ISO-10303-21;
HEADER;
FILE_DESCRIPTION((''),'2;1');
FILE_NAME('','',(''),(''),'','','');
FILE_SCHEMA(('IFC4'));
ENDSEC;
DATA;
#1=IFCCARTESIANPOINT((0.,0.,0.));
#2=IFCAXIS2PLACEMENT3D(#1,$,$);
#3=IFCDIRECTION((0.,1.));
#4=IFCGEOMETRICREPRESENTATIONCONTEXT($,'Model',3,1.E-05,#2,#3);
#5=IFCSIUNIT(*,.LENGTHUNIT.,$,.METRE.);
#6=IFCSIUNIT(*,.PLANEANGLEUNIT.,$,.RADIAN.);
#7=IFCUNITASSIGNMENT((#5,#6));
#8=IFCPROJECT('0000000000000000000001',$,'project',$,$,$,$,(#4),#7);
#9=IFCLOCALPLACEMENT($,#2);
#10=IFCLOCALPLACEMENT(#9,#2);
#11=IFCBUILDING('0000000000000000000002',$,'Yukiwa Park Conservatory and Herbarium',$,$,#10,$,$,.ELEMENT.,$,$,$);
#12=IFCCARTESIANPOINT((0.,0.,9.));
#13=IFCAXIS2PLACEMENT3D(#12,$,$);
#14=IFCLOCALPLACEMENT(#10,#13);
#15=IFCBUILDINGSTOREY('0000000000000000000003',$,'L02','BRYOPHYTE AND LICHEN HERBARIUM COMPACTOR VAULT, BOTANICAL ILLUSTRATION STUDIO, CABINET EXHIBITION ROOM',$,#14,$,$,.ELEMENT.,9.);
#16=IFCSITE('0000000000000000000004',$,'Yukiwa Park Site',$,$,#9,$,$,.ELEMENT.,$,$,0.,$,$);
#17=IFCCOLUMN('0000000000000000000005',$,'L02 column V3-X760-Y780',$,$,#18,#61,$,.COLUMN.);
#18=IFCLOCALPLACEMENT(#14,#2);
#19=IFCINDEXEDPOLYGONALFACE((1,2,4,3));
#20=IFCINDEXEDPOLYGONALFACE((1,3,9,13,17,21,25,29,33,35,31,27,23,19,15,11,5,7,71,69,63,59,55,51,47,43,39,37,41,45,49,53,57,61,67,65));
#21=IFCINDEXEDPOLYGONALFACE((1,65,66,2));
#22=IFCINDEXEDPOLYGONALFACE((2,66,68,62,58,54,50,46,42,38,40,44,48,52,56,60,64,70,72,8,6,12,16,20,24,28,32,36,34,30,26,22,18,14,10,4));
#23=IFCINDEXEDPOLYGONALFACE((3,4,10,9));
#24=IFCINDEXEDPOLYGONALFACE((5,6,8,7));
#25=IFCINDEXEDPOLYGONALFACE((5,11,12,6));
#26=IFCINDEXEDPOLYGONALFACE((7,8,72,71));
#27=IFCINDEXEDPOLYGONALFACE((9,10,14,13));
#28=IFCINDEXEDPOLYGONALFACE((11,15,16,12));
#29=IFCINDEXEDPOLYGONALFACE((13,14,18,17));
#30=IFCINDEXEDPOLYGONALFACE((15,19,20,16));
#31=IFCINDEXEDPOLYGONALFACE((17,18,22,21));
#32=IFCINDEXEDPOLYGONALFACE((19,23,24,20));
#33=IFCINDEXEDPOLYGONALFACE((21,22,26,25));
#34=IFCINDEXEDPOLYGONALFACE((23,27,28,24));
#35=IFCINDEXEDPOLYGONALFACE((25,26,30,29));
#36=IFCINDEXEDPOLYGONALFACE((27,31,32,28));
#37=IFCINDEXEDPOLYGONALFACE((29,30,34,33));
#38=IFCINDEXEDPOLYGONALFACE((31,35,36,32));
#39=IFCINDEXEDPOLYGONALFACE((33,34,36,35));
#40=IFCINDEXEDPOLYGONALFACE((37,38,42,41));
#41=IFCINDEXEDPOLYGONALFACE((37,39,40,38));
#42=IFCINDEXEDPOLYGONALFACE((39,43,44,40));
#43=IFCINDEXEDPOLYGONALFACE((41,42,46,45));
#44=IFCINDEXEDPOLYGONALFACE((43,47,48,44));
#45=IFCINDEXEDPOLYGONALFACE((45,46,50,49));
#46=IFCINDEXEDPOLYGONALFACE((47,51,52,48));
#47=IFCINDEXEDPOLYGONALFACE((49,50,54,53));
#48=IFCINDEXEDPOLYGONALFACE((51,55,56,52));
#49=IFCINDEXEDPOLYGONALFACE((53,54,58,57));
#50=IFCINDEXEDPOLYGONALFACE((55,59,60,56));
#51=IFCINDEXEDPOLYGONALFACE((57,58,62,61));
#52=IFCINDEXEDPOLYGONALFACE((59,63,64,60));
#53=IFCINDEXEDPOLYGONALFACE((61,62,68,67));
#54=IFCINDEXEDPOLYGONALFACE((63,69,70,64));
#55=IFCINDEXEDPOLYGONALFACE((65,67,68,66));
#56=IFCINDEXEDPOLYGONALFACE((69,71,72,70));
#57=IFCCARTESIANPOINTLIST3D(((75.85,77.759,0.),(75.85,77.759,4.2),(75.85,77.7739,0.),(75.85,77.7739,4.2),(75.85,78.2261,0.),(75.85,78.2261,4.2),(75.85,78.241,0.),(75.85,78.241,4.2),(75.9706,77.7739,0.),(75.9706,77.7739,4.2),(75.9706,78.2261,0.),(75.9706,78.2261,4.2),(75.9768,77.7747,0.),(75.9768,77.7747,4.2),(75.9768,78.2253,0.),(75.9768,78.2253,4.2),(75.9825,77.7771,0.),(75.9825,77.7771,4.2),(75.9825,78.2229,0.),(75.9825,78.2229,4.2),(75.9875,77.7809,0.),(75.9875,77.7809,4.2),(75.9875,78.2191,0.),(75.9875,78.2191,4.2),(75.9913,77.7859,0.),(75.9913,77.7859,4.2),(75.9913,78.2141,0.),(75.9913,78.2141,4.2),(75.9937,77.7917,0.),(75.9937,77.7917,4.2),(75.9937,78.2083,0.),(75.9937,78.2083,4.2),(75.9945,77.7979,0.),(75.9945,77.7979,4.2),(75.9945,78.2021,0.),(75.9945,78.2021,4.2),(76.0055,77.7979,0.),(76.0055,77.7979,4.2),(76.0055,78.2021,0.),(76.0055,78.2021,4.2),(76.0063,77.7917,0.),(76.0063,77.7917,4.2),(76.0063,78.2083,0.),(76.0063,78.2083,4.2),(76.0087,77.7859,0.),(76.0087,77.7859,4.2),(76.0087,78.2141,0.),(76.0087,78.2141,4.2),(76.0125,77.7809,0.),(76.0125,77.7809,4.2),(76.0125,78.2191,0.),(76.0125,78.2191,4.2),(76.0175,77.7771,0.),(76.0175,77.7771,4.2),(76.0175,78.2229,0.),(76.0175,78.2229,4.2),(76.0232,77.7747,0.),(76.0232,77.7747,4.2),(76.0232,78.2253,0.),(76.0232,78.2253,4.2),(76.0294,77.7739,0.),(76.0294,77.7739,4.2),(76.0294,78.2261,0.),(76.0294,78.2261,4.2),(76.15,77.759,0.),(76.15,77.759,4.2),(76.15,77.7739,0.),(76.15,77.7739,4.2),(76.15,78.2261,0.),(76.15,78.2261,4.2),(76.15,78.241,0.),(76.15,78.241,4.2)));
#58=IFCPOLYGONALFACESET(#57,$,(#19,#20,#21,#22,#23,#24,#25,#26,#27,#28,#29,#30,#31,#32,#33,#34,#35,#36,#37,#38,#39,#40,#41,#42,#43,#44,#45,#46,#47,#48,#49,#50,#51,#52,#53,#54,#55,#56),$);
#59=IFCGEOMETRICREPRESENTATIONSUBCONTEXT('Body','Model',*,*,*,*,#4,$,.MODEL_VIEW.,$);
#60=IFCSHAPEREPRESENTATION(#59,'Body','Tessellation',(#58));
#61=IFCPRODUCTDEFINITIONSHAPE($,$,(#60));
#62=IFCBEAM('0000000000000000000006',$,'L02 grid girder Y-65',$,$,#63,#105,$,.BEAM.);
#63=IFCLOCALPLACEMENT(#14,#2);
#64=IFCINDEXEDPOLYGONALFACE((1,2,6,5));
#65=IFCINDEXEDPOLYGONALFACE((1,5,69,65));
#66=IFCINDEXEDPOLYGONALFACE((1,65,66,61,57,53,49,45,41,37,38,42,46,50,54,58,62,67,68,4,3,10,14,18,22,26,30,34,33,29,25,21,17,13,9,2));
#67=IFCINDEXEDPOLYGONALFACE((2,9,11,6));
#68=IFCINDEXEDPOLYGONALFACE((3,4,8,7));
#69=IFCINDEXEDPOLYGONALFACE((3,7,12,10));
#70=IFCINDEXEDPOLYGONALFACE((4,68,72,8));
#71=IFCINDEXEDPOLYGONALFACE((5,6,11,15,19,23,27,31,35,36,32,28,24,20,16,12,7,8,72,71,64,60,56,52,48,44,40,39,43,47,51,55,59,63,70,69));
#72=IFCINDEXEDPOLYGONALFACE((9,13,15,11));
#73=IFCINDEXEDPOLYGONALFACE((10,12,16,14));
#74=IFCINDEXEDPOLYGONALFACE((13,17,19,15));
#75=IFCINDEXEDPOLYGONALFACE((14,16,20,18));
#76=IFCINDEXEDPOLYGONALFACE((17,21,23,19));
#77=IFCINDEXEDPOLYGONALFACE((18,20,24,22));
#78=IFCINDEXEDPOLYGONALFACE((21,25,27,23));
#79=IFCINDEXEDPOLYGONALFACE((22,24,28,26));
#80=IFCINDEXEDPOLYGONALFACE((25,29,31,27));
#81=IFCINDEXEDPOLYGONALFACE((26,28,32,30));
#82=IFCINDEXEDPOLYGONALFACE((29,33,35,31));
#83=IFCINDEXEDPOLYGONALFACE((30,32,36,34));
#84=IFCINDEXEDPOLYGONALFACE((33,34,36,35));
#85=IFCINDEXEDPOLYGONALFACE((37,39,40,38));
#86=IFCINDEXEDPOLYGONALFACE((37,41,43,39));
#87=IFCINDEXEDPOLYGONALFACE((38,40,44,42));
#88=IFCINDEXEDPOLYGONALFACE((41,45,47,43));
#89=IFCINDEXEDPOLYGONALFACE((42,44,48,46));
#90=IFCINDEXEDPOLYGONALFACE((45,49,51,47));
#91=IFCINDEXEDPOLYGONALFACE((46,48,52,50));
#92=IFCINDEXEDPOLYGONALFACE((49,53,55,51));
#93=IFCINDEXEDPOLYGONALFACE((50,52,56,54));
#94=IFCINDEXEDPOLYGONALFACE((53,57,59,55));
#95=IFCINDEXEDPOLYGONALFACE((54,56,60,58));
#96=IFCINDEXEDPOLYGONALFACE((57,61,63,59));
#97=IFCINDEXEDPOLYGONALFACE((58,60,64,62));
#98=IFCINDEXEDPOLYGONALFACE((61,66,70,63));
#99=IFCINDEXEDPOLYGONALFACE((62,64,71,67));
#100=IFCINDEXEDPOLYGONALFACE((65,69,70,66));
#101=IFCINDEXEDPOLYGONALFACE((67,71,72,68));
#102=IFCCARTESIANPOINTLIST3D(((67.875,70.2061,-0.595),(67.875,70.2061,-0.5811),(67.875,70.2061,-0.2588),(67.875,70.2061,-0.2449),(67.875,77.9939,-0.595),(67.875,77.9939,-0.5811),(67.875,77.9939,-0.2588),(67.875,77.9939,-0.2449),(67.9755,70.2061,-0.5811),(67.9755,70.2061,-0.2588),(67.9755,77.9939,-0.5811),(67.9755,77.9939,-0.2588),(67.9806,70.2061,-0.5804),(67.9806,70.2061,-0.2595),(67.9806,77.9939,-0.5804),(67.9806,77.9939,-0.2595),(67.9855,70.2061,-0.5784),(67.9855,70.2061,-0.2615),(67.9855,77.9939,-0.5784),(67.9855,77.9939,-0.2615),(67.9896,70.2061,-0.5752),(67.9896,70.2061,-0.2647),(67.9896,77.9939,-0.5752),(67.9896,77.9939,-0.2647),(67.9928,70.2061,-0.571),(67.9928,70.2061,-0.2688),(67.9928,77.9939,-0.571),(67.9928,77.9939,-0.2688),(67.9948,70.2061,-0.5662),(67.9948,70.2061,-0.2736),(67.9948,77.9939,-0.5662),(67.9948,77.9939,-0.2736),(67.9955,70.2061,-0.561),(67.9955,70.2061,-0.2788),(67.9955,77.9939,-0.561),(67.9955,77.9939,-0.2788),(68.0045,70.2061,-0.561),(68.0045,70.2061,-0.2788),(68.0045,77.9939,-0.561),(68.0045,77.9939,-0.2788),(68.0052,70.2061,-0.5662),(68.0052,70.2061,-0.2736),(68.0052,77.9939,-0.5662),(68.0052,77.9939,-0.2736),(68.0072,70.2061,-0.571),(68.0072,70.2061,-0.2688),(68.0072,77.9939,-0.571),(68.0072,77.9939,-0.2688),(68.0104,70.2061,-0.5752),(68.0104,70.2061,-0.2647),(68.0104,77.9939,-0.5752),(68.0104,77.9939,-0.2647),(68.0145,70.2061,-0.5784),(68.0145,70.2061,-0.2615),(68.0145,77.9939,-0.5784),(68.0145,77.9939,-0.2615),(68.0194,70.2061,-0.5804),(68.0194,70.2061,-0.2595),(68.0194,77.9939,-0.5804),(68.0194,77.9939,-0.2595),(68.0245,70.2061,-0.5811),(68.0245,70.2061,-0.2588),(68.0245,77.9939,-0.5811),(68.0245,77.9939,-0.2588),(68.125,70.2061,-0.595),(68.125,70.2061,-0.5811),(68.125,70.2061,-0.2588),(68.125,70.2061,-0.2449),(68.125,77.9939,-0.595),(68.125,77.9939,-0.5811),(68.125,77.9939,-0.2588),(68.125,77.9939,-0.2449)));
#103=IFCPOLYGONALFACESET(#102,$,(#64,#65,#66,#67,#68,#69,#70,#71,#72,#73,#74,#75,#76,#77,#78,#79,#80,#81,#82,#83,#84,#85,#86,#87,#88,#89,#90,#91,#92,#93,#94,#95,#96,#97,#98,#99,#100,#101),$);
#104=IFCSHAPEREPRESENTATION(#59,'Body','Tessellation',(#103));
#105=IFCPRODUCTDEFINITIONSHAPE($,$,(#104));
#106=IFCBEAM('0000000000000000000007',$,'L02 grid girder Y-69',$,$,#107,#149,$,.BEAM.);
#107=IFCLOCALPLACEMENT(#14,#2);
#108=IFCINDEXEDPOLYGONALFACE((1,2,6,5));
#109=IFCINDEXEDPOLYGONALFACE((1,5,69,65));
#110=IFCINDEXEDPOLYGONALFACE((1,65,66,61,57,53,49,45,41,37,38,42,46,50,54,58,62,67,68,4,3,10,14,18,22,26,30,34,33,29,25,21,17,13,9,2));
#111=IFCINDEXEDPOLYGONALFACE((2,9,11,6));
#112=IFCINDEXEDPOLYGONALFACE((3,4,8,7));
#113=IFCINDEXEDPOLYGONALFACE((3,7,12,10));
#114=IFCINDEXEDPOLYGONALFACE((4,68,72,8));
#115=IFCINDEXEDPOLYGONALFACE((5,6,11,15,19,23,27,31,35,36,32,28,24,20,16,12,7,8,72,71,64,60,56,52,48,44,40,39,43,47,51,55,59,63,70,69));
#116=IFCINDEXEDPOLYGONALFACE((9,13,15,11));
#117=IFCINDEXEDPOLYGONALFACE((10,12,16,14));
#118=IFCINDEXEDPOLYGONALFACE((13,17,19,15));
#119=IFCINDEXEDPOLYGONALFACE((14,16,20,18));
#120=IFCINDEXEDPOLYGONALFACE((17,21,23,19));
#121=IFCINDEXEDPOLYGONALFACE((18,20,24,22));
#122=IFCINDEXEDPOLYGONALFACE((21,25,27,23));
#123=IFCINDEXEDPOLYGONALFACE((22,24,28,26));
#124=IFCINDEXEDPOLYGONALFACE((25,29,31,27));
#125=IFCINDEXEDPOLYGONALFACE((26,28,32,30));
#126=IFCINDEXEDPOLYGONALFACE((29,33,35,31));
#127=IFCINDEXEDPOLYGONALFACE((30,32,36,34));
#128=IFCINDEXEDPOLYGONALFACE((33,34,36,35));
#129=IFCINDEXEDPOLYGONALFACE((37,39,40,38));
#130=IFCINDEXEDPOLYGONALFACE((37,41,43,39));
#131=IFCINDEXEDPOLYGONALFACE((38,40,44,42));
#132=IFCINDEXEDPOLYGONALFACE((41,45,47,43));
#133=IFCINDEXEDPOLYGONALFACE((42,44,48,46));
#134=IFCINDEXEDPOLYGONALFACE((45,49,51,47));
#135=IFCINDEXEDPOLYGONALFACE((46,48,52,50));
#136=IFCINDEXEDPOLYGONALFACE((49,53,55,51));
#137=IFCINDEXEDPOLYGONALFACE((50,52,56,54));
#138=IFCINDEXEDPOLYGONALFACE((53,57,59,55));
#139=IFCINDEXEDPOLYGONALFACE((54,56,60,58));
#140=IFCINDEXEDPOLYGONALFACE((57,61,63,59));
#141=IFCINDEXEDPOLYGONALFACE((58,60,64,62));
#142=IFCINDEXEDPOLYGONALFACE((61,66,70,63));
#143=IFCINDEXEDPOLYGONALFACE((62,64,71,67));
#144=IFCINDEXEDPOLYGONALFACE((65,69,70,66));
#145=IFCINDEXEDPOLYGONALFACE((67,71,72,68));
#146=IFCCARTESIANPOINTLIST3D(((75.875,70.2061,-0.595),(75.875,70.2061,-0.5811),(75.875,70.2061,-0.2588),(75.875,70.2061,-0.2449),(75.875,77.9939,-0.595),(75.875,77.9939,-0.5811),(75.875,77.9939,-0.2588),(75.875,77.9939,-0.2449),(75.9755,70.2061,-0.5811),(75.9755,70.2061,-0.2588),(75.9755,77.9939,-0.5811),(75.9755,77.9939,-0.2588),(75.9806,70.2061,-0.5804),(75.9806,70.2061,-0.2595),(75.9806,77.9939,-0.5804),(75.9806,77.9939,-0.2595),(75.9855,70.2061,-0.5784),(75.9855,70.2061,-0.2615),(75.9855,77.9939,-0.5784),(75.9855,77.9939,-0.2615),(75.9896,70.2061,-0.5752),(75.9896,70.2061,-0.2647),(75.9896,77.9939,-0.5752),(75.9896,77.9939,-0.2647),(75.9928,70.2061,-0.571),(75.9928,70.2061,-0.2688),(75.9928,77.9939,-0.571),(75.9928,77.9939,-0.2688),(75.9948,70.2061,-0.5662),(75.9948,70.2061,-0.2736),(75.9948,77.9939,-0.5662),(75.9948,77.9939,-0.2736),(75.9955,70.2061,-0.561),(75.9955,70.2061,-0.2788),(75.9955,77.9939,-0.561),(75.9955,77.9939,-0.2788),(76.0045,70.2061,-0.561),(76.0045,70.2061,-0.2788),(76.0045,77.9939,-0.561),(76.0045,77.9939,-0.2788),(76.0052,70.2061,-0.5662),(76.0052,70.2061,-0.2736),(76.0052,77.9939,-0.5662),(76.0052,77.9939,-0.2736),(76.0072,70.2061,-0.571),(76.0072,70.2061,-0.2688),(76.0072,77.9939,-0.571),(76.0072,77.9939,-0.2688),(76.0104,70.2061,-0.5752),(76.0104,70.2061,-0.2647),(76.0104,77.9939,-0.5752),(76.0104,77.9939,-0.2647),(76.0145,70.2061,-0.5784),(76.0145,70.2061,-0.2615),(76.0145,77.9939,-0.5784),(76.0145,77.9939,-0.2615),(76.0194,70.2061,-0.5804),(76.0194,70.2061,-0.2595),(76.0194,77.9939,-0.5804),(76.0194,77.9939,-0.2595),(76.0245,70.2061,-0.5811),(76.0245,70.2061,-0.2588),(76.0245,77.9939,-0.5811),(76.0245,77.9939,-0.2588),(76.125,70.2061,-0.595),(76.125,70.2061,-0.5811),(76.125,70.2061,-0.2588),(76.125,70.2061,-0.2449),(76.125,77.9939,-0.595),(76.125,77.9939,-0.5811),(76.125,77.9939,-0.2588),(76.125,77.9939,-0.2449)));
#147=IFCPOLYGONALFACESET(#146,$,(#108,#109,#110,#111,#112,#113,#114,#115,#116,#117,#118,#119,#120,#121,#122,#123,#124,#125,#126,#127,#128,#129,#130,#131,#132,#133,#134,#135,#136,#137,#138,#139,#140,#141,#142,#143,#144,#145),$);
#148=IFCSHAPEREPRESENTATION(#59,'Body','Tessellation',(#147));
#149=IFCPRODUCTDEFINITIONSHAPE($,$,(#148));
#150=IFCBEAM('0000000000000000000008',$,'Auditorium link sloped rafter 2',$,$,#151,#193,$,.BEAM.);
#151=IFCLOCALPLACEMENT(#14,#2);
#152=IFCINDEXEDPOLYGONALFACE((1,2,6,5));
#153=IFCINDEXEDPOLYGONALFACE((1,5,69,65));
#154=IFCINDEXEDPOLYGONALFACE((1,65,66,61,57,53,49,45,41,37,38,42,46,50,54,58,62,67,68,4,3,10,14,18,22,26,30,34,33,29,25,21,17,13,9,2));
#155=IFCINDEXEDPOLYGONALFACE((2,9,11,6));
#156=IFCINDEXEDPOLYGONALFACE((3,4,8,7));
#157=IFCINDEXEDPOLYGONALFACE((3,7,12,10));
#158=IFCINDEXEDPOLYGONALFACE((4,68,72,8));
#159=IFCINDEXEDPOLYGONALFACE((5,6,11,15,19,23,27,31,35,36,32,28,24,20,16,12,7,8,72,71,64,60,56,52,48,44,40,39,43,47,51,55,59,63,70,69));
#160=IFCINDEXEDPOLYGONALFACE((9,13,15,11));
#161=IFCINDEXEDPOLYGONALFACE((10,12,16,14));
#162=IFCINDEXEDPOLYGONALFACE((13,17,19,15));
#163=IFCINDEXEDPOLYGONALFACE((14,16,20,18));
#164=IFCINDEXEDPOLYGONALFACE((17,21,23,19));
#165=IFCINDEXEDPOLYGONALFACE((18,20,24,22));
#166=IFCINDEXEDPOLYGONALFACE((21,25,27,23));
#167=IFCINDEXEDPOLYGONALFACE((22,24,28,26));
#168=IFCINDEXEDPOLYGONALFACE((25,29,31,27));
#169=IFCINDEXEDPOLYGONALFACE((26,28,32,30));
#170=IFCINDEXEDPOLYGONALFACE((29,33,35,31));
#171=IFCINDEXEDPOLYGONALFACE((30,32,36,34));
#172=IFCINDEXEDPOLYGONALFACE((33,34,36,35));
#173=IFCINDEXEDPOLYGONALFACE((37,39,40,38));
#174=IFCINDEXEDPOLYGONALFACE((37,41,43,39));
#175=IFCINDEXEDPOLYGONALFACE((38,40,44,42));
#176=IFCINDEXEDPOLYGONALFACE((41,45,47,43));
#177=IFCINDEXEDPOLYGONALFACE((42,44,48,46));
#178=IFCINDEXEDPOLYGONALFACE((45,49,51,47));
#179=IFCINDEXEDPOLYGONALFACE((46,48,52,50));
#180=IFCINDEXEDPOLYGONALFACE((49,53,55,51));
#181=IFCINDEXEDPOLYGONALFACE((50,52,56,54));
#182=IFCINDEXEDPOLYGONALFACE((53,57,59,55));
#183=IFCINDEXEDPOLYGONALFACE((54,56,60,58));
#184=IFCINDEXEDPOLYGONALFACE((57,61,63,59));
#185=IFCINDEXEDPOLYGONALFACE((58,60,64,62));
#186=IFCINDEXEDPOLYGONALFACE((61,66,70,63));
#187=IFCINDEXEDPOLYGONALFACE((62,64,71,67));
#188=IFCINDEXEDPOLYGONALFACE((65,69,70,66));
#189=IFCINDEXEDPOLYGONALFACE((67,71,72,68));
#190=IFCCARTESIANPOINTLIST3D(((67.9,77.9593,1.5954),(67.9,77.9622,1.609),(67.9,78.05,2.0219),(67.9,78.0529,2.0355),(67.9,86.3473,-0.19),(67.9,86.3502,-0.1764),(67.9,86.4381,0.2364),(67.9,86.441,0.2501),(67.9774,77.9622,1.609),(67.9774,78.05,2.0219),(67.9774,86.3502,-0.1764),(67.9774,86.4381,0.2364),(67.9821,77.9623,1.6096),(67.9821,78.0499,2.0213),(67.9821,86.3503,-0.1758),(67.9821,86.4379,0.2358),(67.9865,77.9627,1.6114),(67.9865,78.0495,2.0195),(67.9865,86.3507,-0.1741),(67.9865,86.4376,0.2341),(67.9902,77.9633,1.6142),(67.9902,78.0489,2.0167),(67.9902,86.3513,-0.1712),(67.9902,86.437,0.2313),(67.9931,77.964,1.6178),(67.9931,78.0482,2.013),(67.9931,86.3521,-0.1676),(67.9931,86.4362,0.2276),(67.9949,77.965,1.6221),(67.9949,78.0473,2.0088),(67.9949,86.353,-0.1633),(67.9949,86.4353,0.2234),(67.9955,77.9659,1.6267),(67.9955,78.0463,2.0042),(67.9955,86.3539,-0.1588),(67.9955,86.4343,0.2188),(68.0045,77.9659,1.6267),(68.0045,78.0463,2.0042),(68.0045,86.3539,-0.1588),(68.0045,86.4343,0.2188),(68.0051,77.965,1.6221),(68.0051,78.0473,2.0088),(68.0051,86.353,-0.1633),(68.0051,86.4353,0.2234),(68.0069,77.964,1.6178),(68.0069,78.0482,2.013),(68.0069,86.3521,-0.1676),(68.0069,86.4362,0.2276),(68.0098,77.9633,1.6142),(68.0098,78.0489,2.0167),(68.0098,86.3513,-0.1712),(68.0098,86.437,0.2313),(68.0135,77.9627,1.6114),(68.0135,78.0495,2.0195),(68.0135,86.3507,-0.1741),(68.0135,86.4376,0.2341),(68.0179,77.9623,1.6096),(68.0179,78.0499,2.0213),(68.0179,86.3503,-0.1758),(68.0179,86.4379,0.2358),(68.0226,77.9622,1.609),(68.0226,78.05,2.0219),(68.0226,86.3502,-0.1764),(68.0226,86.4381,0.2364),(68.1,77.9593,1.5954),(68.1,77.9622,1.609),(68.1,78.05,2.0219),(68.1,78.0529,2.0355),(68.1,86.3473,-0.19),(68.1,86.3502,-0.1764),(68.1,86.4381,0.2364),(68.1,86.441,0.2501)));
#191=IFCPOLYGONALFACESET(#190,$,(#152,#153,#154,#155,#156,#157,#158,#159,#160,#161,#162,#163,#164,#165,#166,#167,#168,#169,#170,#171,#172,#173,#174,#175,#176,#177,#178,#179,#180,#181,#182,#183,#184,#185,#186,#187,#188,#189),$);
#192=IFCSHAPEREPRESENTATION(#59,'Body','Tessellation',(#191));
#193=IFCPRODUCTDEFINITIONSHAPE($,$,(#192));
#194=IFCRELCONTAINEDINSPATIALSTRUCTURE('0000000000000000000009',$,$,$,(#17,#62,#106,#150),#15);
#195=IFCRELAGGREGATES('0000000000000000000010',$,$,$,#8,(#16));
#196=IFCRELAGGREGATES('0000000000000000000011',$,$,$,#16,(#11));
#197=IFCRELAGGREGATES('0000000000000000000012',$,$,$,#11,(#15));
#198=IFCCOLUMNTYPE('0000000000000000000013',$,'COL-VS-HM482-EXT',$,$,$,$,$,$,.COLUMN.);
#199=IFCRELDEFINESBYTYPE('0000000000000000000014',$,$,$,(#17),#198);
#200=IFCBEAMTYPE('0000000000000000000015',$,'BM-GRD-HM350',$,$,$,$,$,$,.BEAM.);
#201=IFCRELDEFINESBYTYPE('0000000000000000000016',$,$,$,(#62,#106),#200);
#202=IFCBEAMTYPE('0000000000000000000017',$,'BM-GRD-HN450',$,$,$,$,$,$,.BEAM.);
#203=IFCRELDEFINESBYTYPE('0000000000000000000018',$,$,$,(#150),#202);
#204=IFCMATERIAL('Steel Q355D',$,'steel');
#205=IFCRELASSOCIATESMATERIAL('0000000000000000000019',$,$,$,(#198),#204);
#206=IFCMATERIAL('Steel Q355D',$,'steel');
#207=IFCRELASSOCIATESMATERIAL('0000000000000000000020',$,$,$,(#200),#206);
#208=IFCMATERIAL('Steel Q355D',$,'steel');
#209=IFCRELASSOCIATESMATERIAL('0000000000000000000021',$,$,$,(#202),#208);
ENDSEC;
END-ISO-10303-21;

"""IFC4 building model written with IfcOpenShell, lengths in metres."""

from ifc_helpers import new_model, si_unit, direction, frame, origin, origin_2d, place, context, subcontext, project, spatial, i_section, extrude, material, material_profile, profile_set, type_object, element, save


model = new_model("IFC4")

# Units and contexts
model_context = context("Model", 3, precision=1e-05, world=origin(), true_north=direction((0.0, 1.0)))
body_context = subcontext(model_context, "Body", "Model", "MODEL_VIEW")
ifc_project = project(units=[si_unit("LENGTHUNIT", "METRE"), si_unit("PLANEANGLEUNIT", "RADIAN")], contexts=[model_context])

# Site, building, storey
site_placement = place(None, origin())
site = spatial("IfcSite", under=ifc_project, at=site_placement, Name="Yukiwa Park Site", CompositionType="ELEMENT", RefElevation=0.0)
building_placement = place(site_placement, origin())
building = spatial("IfcBuilding", under=site, at=building_placement, Name="Yukiwa Park Conservatory and Herbarium", CompositionType="ELEMENT")
storey_placement = place(building_placement, frame((0.0, 0.0, 9.0)))
storey = spatial("IfcBuildingStorey", under=building, at=storey_placement, Name="L02", Description="BRYOPHYTE AND LICHEN HERBARIUM COMPACTOR VAULT, BOTANICAL ILLUSTRATION STUDIO, CABINET EXHIBITION ROOM", CompositionType="ELEMENT", Elevation=9.0)

# Column
ifc_material_1 = material(Name="Steel Q355D", Category="steel")
ifc_material_profile_1 = material_profile(ifc_material_1, i_section(OverallWidth=0.3, OverallDepth=0.4819, WebThickness=0.011, FlangeThickness=0.0149, FilletRadius=0.0239, at=origin_2d()), Name="HM 482x300x11x15")
ifc_profile_set_1 = profile_set([ifc_material_profile_1], Name="Steel Q355D")
column_type_1 = type_object("IfcColumnType", Name="COL-VS-HM482-EXT", PredefinedType="COLUMN", material=ifc_profile_set_1)
for number, where, z_axis, x_axis, name in (
    (1, (76.0, 78.0, 0.0), (0.0, 0.0, 1.0), (1.0, 0.0, 0.0), "L02 column V3-X760-Y780"),
):
    element("IfcColumn", number, at=place(storey_placement, frame(where, z_axis=z_axis, x_axis=x_axis)), inside=storey, type_object=column_type_1, Name=name, PredefinedType="COLUMN", context=body_context, shape_type="SweptSolid", body=[
        extrude(i_section(OverallWidth=0.3, OverallDepth=0.4819, WebThickness=0.011, FlangeThickness=0.0149, FilletRadius=0.0239, at=origin_2d()), origin(), (0.0, 0.0, 1.0), 4.2),
    ])

# Beams
ifc_material_2 = material(Name="Steel Q355D", Category="steel")
ifc_material_profile_2 = material_profile(ifc_material_2, i_section(OverallWidth=0.25, OverallDepth=0.3501, WebThickness=0.009, FlangeThickness=0.0139, FilletRadius=0.02, at=origin_2d()), Name="HM 350x250x9x14")
ifc_profile_set_2 = profile_set([ifc_material_profile_2], Name="Steel Q355D")
beam_type_1 = type_object("IfcBeamType", Name="BM-GRD-HM350", PredefinedType="BEAM", material=ifc_profile_set_2)
for number, where, z_axis, x_axis, name in (
    (2, (68.0, 70.2061, -0.4199), (0.0, 1.0, 0.0), (-1.0, 0.0, 0.0), "L02 grid girder Y-65"),
    (3, (76.0, 70.2061, -0.4199), (0.0, 1.0, 0.0), (-1.0, 0.0, 0.0), "L02 grid girder Y-69"),
):
    element("IfcBeam", number, at=place(storey_placement, frame(where, z_axis=z_axis, x_axis=x_axis)), inside=storey, type_object=beam_type_1, Name=name, PredefinedType="BEAM", context=body_context, shape_type="SweptSolid", body=[
        extrude(i_section(OverallWidth=0.25, OverallDepth=0.3501, WebThickness=0.009, FlangeThickness=0.0139, FilletRadius=0.02, at=origin_2d()), origin(), (0.0, 0.0, 1.0), 7.7878),
    ])
ifc_material_3 = material(Name="Steel Q355D", Category="steel")
ifc_material_profile_3 = material_profile(ifc_material_3, i_section(OverallWidth=0.2, OverallDepth=0.45, WebThickness=0.009, FlangeThickness=0.0139, FilletRadius=0.0181, at=origin_2d()), Name="HN 450x200x9x14")
ifc_profile_set_3 = profile_set([ifc_material_profile_3], Name="Steel Q355D")
beam_type_2 = type_object("IfcBeamType", Name="BM-GRD-HN450", PredefinedType="BEAM", material=ifc_profile_set_3)
beam_1_placement = place(storey_placement, frame((68.0, 78.0061, 1.8154), z_axis=(0.0, 0.978089, -0.208189), x_axis=(-1.0, 0.0, 0.0)))
element("IfcBeam", 4, at=beam_1_placement, inside=storey, type_object=beam_type_2, Name="Auditorium link sloped rafter 2", PredefinedType="BEAM", context=body_context, shape_type="SweptSolid", body=[
    extrude(i_section(OverallWidth=0.2, OverallDepth=0.45, WebThickness=0.009, FlangeThickness=0.0139, FilletRadius=0.0181, at=origin_2d()), origin(), (0.0, 0.0, 1.0), 8.5759),
])

save(model, "model.ifc")
